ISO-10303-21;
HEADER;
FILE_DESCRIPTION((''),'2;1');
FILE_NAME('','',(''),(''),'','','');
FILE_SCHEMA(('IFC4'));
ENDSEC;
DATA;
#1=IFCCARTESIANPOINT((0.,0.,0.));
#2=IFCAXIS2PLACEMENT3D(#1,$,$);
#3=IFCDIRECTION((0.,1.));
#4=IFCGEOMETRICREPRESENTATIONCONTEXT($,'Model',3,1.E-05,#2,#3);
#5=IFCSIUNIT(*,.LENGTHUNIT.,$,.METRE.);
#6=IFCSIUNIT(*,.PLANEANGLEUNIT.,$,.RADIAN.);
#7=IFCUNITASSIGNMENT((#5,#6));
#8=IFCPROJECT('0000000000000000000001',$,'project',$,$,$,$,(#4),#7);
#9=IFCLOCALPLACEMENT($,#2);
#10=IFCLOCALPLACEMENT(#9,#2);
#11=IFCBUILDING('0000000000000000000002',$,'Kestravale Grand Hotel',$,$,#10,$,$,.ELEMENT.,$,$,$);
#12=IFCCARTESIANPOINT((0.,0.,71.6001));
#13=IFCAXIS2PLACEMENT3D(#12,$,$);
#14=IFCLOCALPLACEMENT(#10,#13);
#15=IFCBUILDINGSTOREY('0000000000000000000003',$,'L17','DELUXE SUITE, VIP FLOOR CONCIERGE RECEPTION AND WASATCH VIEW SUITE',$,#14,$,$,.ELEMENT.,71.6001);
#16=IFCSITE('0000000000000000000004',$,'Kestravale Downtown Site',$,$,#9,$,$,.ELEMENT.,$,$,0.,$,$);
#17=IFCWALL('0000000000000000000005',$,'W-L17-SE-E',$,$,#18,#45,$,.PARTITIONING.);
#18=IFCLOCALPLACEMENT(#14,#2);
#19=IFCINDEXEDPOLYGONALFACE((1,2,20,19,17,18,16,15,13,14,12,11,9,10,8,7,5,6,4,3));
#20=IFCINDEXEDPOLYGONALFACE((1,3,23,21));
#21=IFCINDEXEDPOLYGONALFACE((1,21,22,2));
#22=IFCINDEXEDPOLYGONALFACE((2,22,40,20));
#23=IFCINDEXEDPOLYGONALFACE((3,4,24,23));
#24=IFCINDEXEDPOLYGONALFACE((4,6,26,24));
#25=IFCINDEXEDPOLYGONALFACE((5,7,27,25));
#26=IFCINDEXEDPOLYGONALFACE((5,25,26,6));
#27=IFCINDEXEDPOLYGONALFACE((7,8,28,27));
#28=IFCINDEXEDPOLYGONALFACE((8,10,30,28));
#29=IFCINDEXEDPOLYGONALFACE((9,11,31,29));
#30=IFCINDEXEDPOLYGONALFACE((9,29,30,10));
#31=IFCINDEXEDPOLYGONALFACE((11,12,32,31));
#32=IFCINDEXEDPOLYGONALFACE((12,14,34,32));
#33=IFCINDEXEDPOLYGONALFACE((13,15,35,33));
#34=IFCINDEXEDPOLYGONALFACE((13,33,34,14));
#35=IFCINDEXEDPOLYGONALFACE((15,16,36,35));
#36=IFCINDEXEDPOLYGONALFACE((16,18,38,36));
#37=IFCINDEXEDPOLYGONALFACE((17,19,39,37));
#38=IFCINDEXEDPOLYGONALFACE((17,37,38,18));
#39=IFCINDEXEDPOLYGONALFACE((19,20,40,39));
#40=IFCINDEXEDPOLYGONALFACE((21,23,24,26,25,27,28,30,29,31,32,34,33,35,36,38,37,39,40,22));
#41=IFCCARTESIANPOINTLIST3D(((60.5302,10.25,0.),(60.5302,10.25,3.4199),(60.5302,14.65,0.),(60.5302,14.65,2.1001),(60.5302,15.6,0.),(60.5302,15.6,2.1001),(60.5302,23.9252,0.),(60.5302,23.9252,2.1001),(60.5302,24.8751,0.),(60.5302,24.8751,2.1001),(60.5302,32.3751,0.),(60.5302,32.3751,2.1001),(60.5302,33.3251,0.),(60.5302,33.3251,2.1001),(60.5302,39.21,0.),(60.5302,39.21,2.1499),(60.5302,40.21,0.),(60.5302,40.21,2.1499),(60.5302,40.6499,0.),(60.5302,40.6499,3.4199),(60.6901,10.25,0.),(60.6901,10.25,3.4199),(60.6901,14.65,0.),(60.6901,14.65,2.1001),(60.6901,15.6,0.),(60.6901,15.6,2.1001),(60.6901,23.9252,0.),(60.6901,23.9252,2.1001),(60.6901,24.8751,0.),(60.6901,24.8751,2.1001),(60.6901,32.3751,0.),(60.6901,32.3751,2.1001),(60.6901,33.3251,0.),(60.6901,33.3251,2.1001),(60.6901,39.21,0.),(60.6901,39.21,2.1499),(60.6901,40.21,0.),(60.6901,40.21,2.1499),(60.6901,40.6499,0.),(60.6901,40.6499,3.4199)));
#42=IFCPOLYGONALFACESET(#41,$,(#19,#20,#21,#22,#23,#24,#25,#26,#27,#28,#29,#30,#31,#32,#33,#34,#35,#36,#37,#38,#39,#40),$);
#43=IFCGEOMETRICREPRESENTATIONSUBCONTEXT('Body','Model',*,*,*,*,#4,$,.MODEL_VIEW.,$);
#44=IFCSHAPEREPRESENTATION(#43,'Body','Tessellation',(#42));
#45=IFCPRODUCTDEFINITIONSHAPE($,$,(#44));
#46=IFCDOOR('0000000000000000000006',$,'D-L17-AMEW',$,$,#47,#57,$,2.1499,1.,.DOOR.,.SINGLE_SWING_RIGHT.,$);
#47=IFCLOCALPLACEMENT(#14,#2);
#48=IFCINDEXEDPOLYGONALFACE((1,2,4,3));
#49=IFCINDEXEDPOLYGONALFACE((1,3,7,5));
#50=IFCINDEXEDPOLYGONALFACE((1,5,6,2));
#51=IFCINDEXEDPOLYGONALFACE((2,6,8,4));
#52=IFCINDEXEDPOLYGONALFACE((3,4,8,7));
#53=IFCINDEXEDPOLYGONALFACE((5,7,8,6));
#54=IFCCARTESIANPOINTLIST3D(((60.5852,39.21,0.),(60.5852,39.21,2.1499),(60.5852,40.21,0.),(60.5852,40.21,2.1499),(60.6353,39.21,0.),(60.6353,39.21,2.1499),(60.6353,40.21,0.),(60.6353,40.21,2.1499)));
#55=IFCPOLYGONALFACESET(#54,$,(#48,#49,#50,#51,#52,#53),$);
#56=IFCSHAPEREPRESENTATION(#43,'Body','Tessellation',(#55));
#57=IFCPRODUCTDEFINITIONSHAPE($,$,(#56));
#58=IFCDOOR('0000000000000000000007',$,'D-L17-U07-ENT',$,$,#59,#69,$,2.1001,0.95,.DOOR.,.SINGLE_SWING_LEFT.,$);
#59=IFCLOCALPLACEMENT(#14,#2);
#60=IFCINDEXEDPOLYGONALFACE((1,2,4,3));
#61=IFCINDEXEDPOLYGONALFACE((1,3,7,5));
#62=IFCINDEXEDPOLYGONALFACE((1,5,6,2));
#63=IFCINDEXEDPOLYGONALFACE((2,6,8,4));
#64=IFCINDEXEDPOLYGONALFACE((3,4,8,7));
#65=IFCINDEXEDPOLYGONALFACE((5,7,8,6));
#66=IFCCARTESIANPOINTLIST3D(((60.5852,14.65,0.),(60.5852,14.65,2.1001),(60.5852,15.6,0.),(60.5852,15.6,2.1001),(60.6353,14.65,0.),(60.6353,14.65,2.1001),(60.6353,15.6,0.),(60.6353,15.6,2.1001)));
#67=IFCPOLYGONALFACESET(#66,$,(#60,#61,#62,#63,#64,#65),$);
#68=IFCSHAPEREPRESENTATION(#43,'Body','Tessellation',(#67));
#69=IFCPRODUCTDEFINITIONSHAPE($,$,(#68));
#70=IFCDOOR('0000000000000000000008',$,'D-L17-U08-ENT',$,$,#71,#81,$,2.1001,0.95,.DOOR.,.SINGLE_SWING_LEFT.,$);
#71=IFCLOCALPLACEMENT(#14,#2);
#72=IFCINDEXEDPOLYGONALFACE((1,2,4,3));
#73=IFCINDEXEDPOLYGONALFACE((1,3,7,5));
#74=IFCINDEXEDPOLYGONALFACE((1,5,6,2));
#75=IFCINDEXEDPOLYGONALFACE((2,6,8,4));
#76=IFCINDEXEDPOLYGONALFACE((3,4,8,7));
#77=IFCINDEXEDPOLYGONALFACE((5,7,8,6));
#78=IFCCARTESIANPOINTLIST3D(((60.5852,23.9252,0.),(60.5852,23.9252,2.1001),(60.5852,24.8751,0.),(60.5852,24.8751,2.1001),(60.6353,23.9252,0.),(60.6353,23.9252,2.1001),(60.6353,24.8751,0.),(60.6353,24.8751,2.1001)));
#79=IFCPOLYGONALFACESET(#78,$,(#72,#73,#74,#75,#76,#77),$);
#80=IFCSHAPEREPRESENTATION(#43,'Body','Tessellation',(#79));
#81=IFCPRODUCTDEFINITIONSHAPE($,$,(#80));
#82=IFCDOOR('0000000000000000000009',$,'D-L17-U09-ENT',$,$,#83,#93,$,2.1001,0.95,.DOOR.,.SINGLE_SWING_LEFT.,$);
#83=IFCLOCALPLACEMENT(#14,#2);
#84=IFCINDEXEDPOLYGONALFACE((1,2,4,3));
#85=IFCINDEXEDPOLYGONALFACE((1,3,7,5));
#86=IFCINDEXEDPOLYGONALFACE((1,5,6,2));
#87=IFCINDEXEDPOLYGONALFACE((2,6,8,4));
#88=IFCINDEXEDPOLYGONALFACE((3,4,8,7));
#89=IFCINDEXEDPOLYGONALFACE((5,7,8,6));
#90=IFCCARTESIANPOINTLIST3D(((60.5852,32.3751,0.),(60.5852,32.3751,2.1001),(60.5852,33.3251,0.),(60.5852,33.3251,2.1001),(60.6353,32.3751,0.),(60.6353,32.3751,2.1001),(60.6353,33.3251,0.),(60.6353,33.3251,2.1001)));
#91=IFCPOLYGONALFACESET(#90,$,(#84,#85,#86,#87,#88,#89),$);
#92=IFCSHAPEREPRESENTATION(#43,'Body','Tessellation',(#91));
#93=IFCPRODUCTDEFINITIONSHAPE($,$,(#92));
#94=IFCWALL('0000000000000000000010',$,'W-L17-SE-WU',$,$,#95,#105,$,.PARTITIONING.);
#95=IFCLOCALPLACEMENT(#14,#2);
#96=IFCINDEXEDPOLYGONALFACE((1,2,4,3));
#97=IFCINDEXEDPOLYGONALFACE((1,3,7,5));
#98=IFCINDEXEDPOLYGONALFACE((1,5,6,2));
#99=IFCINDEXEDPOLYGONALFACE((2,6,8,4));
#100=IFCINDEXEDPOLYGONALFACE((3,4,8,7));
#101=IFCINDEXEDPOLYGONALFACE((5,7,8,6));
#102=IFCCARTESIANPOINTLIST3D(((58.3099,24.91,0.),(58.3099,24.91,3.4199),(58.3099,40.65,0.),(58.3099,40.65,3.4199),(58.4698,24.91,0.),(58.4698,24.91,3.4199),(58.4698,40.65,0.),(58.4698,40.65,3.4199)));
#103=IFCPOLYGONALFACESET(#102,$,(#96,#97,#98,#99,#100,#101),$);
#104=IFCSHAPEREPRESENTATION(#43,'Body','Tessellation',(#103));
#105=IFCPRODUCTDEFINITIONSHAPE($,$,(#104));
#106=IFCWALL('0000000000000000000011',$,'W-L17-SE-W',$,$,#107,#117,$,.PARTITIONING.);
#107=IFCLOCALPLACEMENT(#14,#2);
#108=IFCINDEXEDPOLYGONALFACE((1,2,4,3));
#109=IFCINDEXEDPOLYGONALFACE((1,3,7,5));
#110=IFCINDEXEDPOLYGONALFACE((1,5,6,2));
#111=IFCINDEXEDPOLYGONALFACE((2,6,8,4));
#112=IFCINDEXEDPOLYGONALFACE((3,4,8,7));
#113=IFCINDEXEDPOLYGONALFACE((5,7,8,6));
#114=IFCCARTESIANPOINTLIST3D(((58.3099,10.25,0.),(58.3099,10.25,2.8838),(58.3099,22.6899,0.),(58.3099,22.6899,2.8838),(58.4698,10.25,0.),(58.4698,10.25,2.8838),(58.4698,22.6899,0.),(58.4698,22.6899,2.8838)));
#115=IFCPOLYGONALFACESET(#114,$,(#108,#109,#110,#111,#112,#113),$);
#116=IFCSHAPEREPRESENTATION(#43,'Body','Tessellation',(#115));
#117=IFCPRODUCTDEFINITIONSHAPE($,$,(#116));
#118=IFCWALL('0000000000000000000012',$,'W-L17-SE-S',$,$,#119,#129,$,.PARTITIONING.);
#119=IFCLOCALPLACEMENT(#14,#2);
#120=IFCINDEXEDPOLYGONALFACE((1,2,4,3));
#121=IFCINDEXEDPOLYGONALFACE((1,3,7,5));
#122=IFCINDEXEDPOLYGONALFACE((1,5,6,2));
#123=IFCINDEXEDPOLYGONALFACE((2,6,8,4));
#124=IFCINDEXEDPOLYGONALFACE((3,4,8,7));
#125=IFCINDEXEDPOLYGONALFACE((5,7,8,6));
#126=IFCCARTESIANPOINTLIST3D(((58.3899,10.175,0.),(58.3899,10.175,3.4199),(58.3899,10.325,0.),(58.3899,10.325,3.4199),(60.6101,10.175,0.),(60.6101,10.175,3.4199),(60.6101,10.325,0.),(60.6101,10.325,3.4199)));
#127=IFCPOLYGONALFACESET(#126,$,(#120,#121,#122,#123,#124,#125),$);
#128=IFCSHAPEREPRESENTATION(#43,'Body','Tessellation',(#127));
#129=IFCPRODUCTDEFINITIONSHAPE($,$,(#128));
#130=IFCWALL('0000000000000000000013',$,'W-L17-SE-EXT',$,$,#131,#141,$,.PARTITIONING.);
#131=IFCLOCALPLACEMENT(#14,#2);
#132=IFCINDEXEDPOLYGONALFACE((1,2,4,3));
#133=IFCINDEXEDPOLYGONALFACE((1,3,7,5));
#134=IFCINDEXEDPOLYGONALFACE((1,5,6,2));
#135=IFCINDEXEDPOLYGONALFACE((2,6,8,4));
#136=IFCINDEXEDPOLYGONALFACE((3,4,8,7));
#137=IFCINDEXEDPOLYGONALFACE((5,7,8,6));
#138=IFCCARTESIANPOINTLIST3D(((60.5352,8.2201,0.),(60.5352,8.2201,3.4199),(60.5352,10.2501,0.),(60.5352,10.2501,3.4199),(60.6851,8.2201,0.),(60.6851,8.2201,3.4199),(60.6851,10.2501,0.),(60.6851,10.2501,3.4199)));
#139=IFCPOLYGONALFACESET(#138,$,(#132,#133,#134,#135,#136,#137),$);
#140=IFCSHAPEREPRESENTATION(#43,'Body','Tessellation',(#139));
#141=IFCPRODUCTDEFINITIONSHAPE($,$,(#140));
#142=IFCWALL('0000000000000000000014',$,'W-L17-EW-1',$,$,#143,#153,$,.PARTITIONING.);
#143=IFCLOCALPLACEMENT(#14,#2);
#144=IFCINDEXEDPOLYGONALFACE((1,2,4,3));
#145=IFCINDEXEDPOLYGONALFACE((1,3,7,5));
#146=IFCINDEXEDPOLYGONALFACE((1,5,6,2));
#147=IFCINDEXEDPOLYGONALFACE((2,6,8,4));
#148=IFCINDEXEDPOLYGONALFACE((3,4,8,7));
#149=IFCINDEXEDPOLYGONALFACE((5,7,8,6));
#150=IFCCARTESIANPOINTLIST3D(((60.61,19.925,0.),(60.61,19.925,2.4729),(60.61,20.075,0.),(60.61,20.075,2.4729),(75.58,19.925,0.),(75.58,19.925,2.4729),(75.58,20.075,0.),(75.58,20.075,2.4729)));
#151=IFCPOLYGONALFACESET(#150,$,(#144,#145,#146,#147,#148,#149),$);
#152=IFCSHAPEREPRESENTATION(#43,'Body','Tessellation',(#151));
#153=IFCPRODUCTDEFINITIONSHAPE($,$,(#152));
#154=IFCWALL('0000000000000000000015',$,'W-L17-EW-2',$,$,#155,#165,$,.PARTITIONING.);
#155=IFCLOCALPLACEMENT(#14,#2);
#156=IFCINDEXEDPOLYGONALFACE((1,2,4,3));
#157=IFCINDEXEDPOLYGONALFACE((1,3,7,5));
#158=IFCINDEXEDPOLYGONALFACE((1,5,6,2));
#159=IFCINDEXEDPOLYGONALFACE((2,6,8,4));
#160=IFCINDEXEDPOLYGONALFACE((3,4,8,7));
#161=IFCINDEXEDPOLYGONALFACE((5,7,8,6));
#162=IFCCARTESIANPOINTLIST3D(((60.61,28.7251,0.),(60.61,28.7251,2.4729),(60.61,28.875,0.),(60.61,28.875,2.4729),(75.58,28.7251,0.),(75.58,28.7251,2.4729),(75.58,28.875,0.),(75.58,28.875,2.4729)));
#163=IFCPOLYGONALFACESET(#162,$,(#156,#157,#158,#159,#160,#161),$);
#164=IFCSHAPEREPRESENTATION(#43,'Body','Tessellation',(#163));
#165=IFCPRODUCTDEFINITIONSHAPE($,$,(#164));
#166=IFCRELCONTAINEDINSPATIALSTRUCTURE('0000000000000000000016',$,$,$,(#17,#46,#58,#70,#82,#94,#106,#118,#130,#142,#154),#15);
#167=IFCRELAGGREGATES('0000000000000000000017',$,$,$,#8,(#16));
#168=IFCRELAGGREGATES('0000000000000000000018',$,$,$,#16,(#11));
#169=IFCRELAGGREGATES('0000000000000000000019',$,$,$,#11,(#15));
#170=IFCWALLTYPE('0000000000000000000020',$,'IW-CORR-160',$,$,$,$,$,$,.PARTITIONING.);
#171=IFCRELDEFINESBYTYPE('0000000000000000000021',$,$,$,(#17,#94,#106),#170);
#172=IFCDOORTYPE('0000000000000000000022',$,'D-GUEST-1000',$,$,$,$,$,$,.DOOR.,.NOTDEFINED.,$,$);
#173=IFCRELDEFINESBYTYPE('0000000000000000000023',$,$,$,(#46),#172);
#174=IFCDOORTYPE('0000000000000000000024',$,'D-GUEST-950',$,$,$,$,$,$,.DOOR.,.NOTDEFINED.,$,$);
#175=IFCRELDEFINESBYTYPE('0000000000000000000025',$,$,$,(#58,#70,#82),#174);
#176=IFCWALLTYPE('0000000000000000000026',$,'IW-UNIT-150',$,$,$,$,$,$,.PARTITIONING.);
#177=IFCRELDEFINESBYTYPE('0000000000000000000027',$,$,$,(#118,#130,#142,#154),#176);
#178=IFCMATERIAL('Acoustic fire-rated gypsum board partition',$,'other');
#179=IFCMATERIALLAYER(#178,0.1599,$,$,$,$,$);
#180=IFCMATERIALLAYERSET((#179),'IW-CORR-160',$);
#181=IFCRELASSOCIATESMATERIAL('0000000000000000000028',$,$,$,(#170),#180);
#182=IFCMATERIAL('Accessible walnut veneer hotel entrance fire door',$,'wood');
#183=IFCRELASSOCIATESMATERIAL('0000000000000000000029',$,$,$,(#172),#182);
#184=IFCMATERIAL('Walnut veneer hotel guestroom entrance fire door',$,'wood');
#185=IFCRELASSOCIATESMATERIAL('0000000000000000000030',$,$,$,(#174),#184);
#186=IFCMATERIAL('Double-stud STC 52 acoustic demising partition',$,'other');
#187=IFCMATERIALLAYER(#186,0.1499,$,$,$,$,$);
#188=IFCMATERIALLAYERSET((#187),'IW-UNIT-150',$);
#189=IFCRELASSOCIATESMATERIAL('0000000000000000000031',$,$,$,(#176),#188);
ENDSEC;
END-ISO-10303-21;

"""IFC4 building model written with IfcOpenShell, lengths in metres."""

from ifc_helpers import new_model, si_unit, direction, frame, frame_2d, origin, place, context, subcontext, project, spatial, rectangle, extrude, material, layer, layer_set, type_object, element, fill, save


model = new_model("IFC4")

# Units and contexts
model_context = context("Model", 3, precision=1e-05, world=origin(), true_north=direction((0.0, 1.0)))
body_context = subcontext(model_context, "Body", "Model", "MODEL_VIEW")
ifc_project = project(units=[si_unit("LENGTHUNIT", "METRE"), si_unit("PLANEANGLEUNIT", "RADIAN")], contexts=[model_context])

# Site, building, storey
site_placement = place(None, origin())
site = spatial("IfcSite", under=ifc_project, at=site_placement, Name="Kestravale Downtown Site", CompositionType="ELEMENT", RefElevation=0.0)
building_placement = place(site_placement, origin())
building = spatial("IfcBuilding", under=site, at=building_placement, Name="Kestravale Grand Hotel", CompositionType="ELEMENT")
storey_placement = place(building_placement, frame((0.0, 0.0, 71.6001)))
storey = spatial("IfcBuildingStorey", under=building, at=storey_placement, Name="L17", Description="DELUXE SUITE, VIP FLOOR CONCIERGE RECEPTION AND WASATCH VIEW SUITE", CompositionType="ELEMENT", Elevation=71.6001)

# Wall, openings, doors
ifc_material_1 = material(Name="Acoustic fire-rated gypsum board partition", Category="other")
ifc_layer_1 = layer(ifc_material_1, 0.1599)
ifc_layer_set_1 = layer_set([ifc_layer_1], Name="IW-CORR-160")
wall_type_1 = type_object("IfcWallType", Name="IW-CORR-160", PredefinedType="PARTITIONING", material=ifc_layer_set_1)
wall_1_placement = place(storey_placement, frame((60.6101, 10.25, 0.0), z_axis=(0.0, 0.0, 1.0), x_axis=(0.0, 1.0, 0.0)))
wall_1 = element("IfcWall", 1, at=wall_1_placement, inside=storey, type_object=wall_type_1, Name="W-L17-SE-E", PredefinedType="PARTITIONING", context=body_context, shape_type="SweptSolid", body=[
    extrude(rectangle(XDim=30.3999, YDim=0.1599, at=frame_2d((15.2, 0.0))), origin(), (0.0, 0.0, 1.0), 3.4199),
])
opening_1_placement = place(wall_1_placement, frame((4.3999, 0.0, 0.0)))
opening_1 = element("IfcOpeningElement", 2, at=opening_1_placement, cuts=wall_1, PredefinedType="OPENING", context=body_context, shape_type="SweptSolid", body=[
    extrude(rectangle(XDim=0.95, YDim=2.1001, at=frame_2d((0.4751, 1.05))), frame((0.0, 0.0898, 0.0), z_axis=(0.0, -1.0, 0.0), x_axis=(1.0, 0.0, 0.0)), (0.0, 0.0, 1.0), 0.1799),
])
opening_2_placement = place(wall_1_placement, frame((13.675, 0.0, 0.0)))
opening_2 = element("IfcOpeningElement", 3, at=opening_2_placement, cuts=wall_1, PredefinedType="OPENING", context=body_context, shape_type="SweptSolid", body=[
    extrude(rectangle(XDim=0.95, YDim=2.1001, at=frame_2d((0.4751, 1.05))), frame((0.0, 0.0898, 0.0), z_axis=(0.0, -1.0, 0.0), x_axis=(1.0, 0.0, 0.0)), (0.0, 0.0, 1.0), 0.1799),
])
opening_3_placement = place(wall_1_placement, frame((22.125, 0.0, 0.0)))
opening_3 = element("IfcOpeningElement", 4, at=opening_3_placement, cuts=wall_1, PredefinedType="OPENING", context=body_context, shape_type="SweptSolid", body=[
    extrude(rectangle(XDim=0.95, YDim=2.1001, at=frame_2d((0.4751, 1.05))), frame((0.0, 0.0898, 0.0), z_axis=(0.0, -1.0, 0.0), x_axis=(1.0, 0.0, 0.0)), (0.0, 0.0, 1.0), 0.1799),
])
opening_4_placement = place(wall_1_placement, frame((28.96, 0.0, 0.0)))
opening_4 = element("IfcOpeningElement", 5, at=opening_4_placement, cuts=wall_1, PredefinedType="OPENING", context=body_context, shape_type="SweptSolid", body=[
    extrude(rectangle(XDim=1.0, YDim=2.1499, at=frame_2d((0.5, 1.075))), frame((0.0, 0.0898, 0.0), z_axis=(0.0, -1.0, 0.0), x_axis=(1.0, 0.0, 0.0)), (0.0, 0.0, 1.0), 0.1799),
])
ifc_material_2 = material(Name="Accessible walnut veneer hotel entrance fire door", Category="wood")
door_type_1 = type_object("IfcDoorType", Name="D-GUEST-1000", OperationType="NOTDEFINED", PredefinedType="DOOR", material=ifc_material_2)
door_1_placement = place(opening_4_placement, origin())
door_1 = element("IfcDoor", 6, at=door_1_placement, inside=storey, type_object=door_type_1, Name="D-L17-AMEW", OperationType="SINGLE_SWING_RIGHT", OverallHeight=2.1499, OverallWidth=1.0, PredefinedType="DOOR", context=body_context, shape_type="SweptSolid", body=[
    extrude(rectangle(XDim=1.0, YDim=2.1499, at=frame_2d((0.5, 1.075))), frame((0.0, 0.0249, 0.0), z_axis=(0.0, -1.0, 0.0), x_axis=(1.0, 0.0, 0.0)), (0.0, 0.0, 1.0), 0.05),
])
fill(opening_4, door_1)
ifc_material_3 = material(Name="Walnut veneer hotel guestroom entrance fire door", Category="wood")
door_type_2 = type_object("IfcDoorType", Name="D-GUEST-950", OperationType="NOTDEFINED", PredefinedType="DOOR", material=ifc_material_3)
door_2_placement = place(opening_1_placement, origin())
door_2 = element("IfcDoor", 7, at=door_2_placement, inside=storey, type_object=door_type_2, Name="D-L17-U07-ENT", OperationType="SINGLE_SWING_LEFT", OverallHeight=2.1001, OverallWidth=0.95, PredefinedType="DOOR", context=body_context, shape_type="SweptSolid", body=[
    extrude(rectangle(XDim=0.95, YDim=2.1001, at=frame_2d((0.4751, 1.05))), frame((0.0, 0.0249, 0.0), z_axis=(0.0, -1.0, 0.0), x_axis=(1.0, 0.0, 0.0)), (0.0, 0.0, 1.0), 0.05),
])
fill(opening_1, door_2)
door_3_placement = place(opening_2_placement, origin())
door_3 = element("IfcDoor", 8, at=door_3_placement, inside=storey, type_object=door_type_2, Name="D-L17-U08-ENT", OperationType="SINGLE_SWING_LEFT", OverallHeight=2.1001, OverallWidth=0.95, PredefinedType="DOOR", context=body_context, shape_type="SweptSolid", body=[
    extrude(rectangle(XDim=0.95, YDim=2.1001, at=frame_2d((0.4751, 1.05))), frame((0.0, 0.0249, 0.0), z_axis=(0.0, -1.0, 0.0), x_axis=(1.0, 0.0, 0.0)), (0.0, 0.0, 1.0), 0.05),
])
fill(opening_2, door_3)
door_4_placement = place(opening_3_placement, origin())
door_4 = element("IfcDoor", 9, at=door_4_placement, inside=storey, type_object=door_type_2, Name="D-L17-U09-ENT", OperationType="SINGLE_SWING_LEFT", OverallHeight=2.1001, OverallWidth=0.95, PredefinedType="DOOR", context=body_context, shape_type="SweptSolid", body=[
    extrude(rectangle(XDim=0.95, YDim=2.1001, at=frame_2d((0.4751, 1.05))), frame((0.0, 0.0249, 0.0), z_axis=(0.0, -1.0, 0.0), x_axis=(1.0, 0.0, 0.0)), (0.0, 0.0, 1.0), 0.05),
])
fill(opening_3, door_4)

# Walls
wall_2_placement = place(storey_placement, frame((58.3899, 24.9099, 0.0), z_axis=(0.0, 0.0, 1.0), x_axis=(0.0, 1.0, 0.0)))
element("IfcWall", 10, at=wall_2_placement, inside=storey, type_object=wall_type_1, Name="W-L17-SE-WU", PredefinedType="PARTITIONING", context=body_context, shape_type="SweptSolid", body=[
    extrude(rectangle(XDim=15.74, YDim=0.1599, at=frame_2d((7.8701, 0.0))), origin(), (0.0, 0.0, 1.0), 3.4199),
])
wall_3_placement = place(storey_placement, frame((58.3899, 10.25, 0.0), z_axis=(0.0, 0.0, 1.0), x_axis=(0.0, 1.0, 0.0)))
element("IfcWall", 11, at=wall_3_placement, inside=storey, type_object=wall_type_1, Name="W-L17-SE-W", PredefinedType="PARTITIONING", context=body_context, shape_type="SweptSolid", body=[
    extrude(rectangle(XDim=12.4399, YDim=0.1599, at=frame_2d((6.22, 0.0))), origin(), (0.0, 0.0, 1.0), 2.8838),
])
ifc_material_4 = material(Name="Double-stud STC 52 acoustic demising partition", Category="other")
ifc_layer_2 = layer(ifc_material_4, 0.1499)
ifc_layer_set_2 = layer_set([ifc_layer_2], Name="IW-UNIT-150")
wall_type_2 = type_object("IfcWallType", Name="IW-UNIT-150", PredefinedType="PARTITIONING", material=ifc_layer_set_2)
wall_4_placement = place(storey_placement, frame((58.3899, 10.25, 0.0), z_axis=(0.0, 0.0, 1.0), x_axis=(1.0, 0.0, 0.0)))
element("IfcWall", 12, at=wall_4_placement, inside=storey, type_object=wall_type_2, Name="W-L17-SE-S", PredefinedType="PARTITIONING", context=body_context, shape_type="SweptSolid", body=[
    extrude(rectangle(XDim=2.2202, YDim=0.1499, at=frame_2d((1.1101, 0.0))), origin(), (0.0, 0.0, 1.0), 3.4199),
])
wall_5_placement = place(storey_placement, frame((60.6101, 8.22, 0.0), z_axis=(0.0, 0.0, 1.0), x_axis=(0.0, 1.0, 0.0)))
element("IfcWall", 13, at=wall_5_placement, inside=storey, type_object=wall_type_2, Name="W-L17-SE-EXT", PredefinedType="PARTITIONING", context=body_context, shape_type="SweptSolid", body=[
    extrude(rectangle(XDim=2.03, YDim=0.1499, at=frame_2d((1.0151, 0.0))), origin(), (0.0, 0.0, 1.0), 3.4199),
])
for number, where, z_axis, x_axis, name in (
    (14, (60.6101, 20.0, 0.0), (0.0, 0.0, 1.0), (1.0, 0.0, 0.0), "W-L17-EW-1"),
    (15, (60.6101, 28.8, 0.0), (0.0, 0.0, 1.0), (1.0, 0.0, 0.0), "W-L17-EW-2"),
):
    element("IfcWall", number, at=place(storey_placement, frame(where, z_axis=z_axis, x_axis=x_axis)), inside=storey, type_object=wall_type_2, Name=name, PredefinedType="PARTITIONING", context=body_context, shape_type="SweptSolid", body=[
        extrude(rectangle(XDim=14.97, YDim=0.1499, at=frame_2d((7.4849, 0.0))), origin(), (0.0, 0.0, 1.0), 2.4729),
    ])

save(model, "model.ifc")
